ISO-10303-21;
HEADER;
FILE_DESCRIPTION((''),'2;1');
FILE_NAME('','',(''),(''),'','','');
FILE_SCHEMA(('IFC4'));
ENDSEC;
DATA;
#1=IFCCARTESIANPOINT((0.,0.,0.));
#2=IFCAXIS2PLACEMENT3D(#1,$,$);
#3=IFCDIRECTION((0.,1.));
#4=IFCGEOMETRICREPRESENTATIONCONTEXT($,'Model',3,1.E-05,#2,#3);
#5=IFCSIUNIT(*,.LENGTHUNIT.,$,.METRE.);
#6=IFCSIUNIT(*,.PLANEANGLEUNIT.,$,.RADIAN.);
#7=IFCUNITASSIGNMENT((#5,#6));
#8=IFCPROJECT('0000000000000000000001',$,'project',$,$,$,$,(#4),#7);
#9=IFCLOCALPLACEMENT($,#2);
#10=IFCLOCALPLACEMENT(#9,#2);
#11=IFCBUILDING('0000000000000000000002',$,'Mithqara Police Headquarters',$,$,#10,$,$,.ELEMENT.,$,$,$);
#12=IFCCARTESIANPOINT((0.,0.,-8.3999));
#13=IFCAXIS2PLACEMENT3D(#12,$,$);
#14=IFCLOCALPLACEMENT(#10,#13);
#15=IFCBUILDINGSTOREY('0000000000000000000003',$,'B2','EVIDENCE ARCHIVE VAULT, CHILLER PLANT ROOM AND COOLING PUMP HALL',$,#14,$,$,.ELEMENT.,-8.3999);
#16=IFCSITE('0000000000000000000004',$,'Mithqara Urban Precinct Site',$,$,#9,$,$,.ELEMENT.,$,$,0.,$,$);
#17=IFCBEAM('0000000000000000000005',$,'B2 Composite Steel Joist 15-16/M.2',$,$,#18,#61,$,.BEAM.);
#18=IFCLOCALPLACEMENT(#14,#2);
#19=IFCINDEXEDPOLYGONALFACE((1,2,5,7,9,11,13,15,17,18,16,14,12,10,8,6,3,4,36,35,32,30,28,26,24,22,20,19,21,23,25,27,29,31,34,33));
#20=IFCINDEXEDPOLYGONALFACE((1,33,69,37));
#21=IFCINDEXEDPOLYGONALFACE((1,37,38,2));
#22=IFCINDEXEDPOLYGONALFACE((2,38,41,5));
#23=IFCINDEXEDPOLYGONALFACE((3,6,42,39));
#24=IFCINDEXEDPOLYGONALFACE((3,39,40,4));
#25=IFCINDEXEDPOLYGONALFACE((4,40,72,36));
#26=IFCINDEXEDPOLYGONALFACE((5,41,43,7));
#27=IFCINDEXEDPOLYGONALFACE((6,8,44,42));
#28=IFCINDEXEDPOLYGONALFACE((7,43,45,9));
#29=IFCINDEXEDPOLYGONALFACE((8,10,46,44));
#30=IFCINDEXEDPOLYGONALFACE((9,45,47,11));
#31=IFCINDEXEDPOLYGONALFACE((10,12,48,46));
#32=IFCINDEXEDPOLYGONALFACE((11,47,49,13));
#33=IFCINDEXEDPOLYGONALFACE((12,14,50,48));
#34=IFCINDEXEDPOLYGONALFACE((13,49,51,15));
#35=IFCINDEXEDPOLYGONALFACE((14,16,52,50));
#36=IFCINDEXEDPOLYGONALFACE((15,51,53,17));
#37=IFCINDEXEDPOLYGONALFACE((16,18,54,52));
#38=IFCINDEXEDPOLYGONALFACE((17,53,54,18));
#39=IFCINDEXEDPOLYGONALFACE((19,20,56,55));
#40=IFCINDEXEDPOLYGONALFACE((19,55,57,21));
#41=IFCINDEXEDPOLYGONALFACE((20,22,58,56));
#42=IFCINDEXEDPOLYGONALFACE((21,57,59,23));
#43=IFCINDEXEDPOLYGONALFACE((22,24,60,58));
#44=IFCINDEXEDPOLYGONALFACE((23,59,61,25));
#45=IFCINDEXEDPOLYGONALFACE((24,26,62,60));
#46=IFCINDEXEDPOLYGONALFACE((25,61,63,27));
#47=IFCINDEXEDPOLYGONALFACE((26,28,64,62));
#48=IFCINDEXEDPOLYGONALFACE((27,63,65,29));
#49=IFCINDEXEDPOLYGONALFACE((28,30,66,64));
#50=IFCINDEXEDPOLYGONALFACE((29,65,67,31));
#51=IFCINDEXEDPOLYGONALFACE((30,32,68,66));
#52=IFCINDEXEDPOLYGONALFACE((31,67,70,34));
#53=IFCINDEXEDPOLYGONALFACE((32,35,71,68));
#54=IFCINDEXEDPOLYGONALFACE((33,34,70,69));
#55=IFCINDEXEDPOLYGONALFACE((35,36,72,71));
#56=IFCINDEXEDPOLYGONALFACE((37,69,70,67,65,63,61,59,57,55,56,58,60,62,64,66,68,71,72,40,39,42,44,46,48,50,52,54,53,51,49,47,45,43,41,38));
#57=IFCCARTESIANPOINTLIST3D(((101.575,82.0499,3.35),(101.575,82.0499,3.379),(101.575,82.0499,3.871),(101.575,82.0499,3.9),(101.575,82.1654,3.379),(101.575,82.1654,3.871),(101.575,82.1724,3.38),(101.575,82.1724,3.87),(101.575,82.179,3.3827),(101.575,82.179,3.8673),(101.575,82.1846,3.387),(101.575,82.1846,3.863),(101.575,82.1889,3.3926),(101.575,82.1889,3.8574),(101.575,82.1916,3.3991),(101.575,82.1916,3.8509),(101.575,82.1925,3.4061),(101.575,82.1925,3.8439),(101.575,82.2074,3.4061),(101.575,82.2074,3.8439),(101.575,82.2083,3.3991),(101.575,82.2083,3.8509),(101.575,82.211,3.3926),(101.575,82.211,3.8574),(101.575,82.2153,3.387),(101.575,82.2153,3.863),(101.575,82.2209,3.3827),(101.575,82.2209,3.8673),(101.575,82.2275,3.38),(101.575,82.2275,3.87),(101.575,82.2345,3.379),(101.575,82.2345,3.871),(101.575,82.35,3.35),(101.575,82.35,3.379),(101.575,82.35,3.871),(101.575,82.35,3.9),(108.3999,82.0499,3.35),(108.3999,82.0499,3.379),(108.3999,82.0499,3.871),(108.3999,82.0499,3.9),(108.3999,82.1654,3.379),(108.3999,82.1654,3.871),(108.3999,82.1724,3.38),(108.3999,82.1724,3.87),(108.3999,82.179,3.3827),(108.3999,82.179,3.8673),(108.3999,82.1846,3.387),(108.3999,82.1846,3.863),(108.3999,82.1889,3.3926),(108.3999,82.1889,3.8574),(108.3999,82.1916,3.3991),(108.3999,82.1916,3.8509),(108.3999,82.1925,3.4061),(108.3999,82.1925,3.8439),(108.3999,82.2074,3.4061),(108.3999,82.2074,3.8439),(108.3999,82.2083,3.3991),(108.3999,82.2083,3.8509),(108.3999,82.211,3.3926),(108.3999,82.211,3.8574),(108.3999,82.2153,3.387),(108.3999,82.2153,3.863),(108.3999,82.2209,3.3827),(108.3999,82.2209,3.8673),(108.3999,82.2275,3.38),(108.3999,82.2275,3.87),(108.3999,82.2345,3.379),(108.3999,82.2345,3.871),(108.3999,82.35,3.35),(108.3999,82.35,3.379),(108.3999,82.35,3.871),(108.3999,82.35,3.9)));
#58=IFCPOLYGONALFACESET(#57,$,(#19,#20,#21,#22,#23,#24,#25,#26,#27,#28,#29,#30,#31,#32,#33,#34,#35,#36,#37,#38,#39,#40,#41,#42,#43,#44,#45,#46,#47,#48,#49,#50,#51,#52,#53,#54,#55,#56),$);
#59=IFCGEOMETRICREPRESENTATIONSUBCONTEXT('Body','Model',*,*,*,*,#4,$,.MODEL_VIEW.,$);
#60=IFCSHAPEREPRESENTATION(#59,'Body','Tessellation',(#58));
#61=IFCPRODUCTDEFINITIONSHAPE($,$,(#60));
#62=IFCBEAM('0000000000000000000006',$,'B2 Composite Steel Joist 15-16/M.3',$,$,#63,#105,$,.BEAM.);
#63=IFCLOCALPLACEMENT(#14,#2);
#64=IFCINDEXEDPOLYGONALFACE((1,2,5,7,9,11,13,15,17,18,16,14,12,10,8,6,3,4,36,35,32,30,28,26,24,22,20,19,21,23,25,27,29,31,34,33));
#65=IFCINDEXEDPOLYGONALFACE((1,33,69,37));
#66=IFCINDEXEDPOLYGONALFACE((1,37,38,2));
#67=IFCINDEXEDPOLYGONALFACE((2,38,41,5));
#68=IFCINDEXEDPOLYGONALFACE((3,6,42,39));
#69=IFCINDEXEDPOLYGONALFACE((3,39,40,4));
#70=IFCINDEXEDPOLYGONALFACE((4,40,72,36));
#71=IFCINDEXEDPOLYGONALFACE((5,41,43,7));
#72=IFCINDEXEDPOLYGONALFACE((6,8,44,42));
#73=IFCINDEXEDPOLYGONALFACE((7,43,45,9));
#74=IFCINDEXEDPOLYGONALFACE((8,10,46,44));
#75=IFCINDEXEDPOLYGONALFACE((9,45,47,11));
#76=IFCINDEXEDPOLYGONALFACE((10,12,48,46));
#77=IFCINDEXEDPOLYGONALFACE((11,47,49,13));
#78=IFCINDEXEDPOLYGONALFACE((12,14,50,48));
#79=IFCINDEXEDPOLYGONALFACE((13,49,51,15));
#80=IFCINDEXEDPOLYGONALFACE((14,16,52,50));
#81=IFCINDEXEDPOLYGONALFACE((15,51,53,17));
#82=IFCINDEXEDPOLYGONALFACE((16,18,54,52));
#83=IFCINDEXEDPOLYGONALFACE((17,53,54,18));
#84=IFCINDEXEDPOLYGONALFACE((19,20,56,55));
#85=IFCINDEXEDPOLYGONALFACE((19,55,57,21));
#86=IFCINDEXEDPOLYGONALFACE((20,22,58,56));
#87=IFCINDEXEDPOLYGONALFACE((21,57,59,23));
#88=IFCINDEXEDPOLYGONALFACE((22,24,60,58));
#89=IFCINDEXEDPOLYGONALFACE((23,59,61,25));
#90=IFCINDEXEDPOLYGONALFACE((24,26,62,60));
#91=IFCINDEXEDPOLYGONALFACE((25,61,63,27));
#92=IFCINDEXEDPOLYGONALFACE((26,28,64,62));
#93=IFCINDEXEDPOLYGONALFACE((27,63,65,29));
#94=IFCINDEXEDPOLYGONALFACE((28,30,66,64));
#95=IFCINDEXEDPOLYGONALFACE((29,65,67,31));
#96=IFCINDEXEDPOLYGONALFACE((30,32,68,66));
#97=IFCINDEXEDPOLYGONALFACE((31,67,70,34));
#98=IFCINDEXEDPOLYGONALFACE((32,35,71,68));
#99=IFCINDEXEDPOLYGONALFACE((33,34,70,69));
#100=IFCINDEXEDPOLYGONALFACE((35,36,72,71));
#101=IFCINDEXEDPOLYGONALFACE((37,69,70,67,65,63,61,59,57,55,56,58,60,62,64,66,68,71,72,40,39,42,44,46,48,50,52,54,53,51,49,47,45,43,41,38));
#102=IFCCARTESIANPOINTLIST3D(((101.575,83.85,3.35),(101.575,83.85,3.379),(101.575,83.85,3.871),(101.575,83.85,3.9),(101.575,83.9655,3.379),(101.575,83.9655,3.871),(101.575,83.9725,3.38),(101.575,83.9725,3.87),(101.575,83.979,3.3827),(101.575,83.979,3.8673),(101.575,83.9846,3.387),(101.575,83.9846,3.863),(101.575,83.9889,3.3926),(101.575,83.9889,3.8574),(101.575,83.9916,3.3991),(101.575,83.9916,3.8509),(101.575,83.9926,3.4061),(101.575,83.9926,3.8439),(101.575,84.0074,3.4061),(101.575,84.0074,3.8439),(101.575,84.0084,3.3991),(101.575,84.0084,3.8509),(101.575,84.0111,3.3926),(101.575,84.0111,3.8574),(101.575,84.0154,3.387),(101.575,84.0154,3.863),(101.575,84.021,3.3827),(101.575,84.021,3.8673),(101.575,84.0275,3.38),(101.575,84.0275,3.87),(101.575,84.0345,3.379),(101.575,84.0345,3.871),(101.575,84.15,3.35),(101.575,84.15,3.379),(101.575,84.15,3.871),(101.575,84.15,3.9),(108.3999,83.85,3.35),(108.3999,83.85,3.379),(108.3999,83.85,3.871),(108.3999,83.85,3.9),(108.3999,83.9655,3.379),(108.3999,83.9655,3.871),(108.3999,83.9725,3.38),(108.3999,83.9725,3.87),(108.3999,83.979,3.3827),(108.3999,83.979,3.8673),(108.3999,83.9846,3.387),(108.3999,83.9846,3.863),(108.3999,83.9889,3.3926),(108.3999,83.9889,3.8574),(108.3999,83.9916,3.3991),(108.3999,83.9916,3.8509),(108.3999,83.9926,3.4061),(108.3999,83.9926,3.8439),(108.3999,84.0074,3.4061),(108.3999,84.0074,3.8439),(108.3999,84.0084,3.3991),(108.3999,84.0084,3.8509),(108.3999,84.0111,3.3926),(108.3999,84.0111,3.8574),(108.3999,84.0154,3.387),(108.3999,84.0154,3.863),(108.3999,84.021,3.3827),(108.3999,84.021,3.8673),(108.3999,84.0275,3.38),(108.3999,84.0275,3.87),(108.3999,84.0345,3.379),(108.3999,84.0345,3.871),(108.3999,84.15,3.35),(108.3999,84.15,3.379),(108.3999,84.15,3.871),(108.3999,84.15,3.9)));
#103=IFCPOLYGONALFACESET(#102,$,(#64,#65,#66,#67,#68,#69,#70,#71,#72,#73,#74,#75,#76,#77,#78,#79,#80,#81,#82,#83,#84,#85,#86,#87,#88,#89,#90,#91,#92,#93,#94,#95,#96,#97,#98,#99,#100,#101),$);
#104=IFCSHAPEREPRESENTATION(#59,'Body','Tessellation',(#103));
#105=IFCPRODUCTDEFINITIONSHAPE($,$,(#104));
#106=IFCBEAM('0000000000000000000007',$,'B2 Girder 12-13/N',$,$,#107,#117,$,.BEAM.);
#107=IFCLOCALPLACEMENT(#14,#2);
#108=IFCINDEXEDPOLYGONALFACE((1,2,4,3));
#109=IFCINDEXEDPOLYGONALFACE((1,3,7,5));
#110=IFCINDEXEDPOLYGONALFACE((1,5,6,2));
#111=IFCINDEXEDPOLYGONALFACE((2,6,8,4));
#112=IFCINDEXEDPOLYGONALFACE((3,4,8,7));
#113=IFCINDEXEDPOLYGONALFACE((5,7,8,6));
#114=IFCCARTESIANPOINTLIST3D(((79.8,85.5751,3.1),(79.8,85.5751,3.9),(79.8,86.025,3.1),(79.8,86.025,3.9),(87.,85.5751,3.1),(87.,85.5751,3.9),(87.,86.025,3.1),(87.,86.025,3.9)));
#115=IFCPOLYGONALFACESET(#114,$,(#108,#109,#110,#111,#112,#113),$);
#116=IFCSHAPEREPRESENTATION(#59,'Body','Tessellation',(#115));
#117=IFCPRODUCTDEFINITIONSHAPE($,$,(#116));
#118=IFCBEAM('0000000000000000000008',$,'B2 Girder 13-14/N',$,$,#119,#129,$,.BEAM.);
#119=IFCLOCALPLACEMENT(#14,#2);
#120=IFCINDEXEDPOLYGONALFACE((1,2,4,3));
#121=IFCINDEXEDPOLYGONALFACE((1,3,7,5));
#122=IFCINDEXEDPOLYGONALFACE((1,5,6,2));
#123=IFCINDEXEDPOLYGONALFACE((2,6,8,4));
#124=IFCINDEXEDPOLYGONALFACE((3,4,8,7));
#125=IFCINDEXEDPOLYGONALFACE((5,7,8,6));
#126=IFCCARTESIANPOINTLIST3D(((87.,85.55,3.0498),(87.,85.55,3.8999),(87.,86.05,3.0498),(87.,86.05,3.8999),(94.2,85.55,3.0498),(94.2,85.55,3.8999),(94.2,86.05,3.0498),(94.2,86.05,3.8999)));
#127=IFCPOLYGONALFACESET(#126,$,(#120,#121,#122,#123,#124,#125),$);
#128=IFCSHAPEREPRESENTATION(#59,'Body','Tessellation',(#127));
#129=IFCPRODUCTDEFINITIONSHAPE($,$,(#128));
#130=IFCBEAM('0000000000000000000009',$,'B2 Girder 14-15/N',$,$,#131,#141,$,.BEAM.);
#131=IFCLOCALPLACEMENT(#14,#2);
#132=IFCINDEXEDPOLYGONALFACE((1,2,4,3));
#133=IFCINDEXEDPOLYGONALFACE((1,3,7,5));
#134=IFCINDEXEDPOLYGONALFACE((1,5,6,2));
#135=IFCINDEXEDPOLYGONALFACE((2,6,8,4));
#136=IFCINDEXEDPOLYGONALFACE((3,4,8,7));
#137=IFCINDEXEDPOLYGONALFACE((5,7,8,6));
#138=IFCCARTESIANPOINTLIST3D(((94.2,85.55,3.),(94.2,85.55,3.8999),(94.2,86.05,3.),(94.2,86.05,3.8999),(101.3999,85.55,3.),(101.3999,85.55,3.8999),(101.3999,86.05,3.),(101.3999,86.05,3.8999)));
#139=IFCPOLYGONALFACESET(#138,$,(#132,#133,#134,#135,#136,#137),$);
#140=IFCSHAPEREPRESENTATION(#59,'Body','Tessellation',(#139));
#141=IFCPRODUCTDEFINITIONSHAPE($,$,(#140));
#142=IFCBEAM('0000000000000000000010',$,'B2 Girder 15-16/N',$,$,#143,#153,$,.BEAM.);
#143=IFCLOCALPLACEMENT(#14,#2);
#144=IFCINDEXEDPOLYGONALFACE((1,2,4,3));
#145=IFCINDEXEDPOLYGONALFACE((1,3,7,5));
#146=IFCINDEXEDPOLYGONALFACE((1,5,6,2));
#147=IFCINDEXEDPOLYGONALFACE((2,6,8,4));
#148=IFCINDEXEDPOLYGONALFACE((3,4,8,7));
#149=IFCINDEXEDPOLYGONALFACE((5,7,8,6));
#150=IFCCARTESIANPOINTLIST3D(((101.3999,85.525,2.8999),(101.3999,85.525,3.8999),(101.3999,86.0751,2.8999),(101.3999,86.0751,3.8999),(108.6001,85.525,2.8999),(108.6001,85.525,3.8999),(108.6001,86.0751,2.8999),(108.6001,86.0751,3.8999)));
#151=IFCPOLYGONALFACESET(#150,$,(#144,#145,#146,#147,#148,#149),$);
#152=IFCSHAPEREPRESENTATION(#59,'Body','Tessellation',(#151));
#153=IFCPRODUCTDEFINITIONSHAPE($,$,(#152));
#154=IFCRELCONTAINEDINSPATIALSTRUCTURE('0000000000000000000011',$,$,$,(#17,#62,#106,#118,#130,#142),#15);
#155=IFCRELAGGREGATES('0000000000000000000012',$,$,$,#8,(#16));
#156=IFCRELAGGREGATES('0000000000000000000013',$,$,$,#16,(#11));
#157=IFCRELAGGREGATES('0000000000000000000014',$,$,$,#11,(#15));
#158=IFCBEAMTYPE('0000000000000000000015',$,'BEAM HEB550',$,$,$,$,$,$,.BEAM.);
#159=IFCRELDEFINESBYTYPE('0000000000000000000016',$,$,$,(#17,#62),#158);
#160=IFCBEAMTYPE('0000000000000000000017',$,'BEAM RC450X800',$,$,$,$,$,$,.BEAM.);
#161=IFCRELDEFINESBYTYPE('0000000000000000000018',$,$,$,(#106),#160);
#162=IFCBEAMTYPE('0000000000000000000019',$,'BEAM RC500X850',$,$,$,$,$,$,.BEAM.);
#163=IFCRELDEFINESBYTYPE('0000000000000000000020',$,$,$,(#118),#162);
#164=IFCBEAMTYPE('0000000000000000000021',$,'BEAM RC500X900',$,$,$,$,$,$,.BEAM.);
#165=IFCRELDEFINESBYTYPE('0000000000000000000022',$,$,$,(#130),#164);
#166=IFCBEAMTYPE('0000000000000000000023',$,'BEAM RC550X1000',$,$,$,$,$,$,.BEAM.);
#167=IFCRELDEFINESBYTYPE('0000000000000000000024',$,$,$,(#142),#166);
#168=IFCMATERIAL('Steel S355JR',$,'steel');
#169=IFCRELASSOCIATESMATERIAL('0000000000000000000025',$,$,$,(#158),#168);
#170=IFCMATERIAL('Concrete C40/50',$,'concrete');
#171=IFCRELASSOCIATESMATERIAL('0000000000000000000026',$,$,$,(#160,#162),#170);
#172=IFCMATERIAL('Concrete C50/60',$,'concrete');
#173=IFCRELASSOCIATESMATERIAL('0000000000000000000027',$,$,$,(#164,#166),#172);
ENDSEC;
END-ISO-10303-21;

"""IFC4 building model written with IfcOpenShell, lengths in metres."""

from ifc_helpers import new_model, si_unit, direction, frame, origin, origin_2d, place, context, subcontext, project, spatial, rectangle, i_section, extrude, material, material_profile, profile_set, type_object, element, save


model = new_model("IFC4")

# Units and contexts
model_context = context("Model", 3, precision=1e-05, world=origin(), true_north=direction((0.0, 1.0)))
body_context = subcontext(model_context, "Body", "Model", "MODEL_VIEW")
ifc_project = project(units=[si_unit("LENGTHUNIT", "METRE"), si_unit("PLANEANGLEUNIT", "RADIAN")], contexts=[model_context])

# Site, building, storey
site_placement = place(None, origin())
site = spatial("IfcSite", under=ifc_project, at=site_placement, Name="Mithqara Urban Precinct Site", CompositionType="ELEMENT", RefElevation=0.0)
building_placement = place(site_placement, origin())
building = spatial("IfcBuilding", under=site, at=building_placement, Name="Mithqara Police Headquarters", CompositionType="ELEMENT")
storey_placement = place(building_placement, frame((0.0, 0.0, -8.3999)))
storey = spatial("IfcBuildingStorey", under=building, at=storey_placement, Name="B2", Description="EVIDENCE ARCHIVE VAULT, CHILLER PLANT ROOM AND COOLING PUMP HALL", CompositionType="ELEMENT", Elevation=-8.3999)

# Shared definitions
ifc_material_1 = material(Name="Concrete C40/50", Category="concrete")

# Shared definitions
ifc_material_2 = material(Name="Concrete C50/60", Category="concrete")

# Beams
ifc_material_3 = material(Name="Steel S355JR", Category="steel")
ifc_material_profile_1 = material_profile(ifc_material_3, i_section(OverallWidth=0.3, OverallDepth=0.55, WebThickness=0.0149, FlangeThickness=0.0291, FilletRadius=0.0271, at=origin_2d()), Name="HEB 550")
ifc_profile_set_1 = profile_set([ifc_material_profile_1], Name="Steel S355JR")
beam_type_1 = type_object("IfcBeamType", Name="BEAM HEB550", PredefinedType="BEAM", material=ifc_profile_set_1)
for number, where, z_axis, x_axis, name in (
    (1, (101.575, 82.2, 3.625), (1.0, 0.0, 0.0), (0.0, 1.0, 0.0), "B2 Composite Steel Joist 15-16/M.2"),
    (2, (101.575, 84.0, 3.625), (1.0, 0.0, 0.0), (0.0, 1.0, 0.0), "B2 Composite Steel Joist 15-16/M.3"),
):
    element("IfcBeam", number, at=place(storey_placement, frame(where, z_axis=z_axis, x_axis=x_axis)), inside=storey, type_object=beam_type_1, Name=name, PredefinedType="BEAM", context=body_context, shape_type="SweptSolid", body=[
        extrude(i_section(OverallWidth=0.3, OverallDepth=0.55, WebThickness=0.0149, FlangeThickness=0.0291, FilletRadius=0.0271, at=origin_2d()), origin(), (0.0, 0.0, 1.0), 6.825),
    ])
ifc_material_profile_2 = material_profile(ifc_material_1, rectangle(XDim=0.45, YDim=0.8, at=origin_2d()), Name="RC 450x800")
ifc_profile_set_2 = profile_set([ifc_material_profile_2], Name="Concrete C40/50")
beam_type_2 = type_object("IfcBeamType", Name="BEAM RC450X800", PredefinedType="BEAM", material=ifc_profile_set_2)
beam_1_placement = place(storey_placement, frame((79.8, 85.8, 3.5), z_axis=(1.0, 0.0, 0.0), x_axis=(0.0, 1.0, 0.0)))
element("IfcBeam", 3, at=beam_1_placement, inside=storey, type_object=beam_type_2, Name="B2 Girder 12-13/N", PredefinedType="BEAM", context=body_context, shape_type="SweptSolid", body=[
    extrude(rectangle(XDim=0.45, YDim=0.8, at=origin_2d()), origin(), (0.0, 0.0, 1.0), 7.2),
])
ifc_material_profile_3 = material_profile(ifc_material_1, rectangle(XDim=0.5, YDim=0.8501, at=origin_2d()), Name="RC 500x850")
ifc_profile_set_3 = profile_set([ifc_material_profile_3], Name="Concrete C40/50")
beam_type_3 = type_object("IfcBeamType", Name="BEAM RC500X850", PredefinedType="BEAM", material=ifc_profile_set_3)
beam_2_placement = place(storey_placement, frame((87.0, 85.8, 3.4749), z_axis=(1.0, 0.0, 0.0), x_axis=(0.0, 1.0, 0.0)))
element("IfcBeam", 4, at=beam_2_placement, inside=storey, type_object=beam_type_3, Name="B2 Girder 13-14/N", PredefinedType="BEAM", context=body_context, shape_type="SweptSolid", body=[
    extrude(rectangle(XDim=0.5, YDim=0.8501, at=origin_2d()), origin(), (0.0, 0.0, 1.0), 7.2),
])
ifc_material_profile_4 = material_profile(ifc_material_2, rectangle(XDim=0.5, YDim=0.8999, at=origin_2d()), Name="RC 500x900")
ifc_profile_set_4 = profile_set([ifc_material_profile_4], Name="Concrete C50/60")
beam_type_4 = type_object("IfcBeamType", Name="BEAM RC500X900", PredefinedType="BEAM", material=ifc_profile_set_4)
beam_3_placement = place(storey_placement, frame((94.2, 85.8, 3.45), z_axis=(1.0, 0.0, 0.0), x_axis=(0.0, 1.0, 0.0)))
element("IfcBeam", 5, at=beam_3_placement, inside=storey, type_object=beam_type_4, Name="B2 Girder 14-15/N", PredefinedType="BEAM", context=body_context, shape_type="SweptSolid", body=[
    extrude(rectangle(XDim=0.5, YDim=0.8999, at=origin_2d()), origin(), (0.0, 0.0, 1.0), 7.2),
])
ifc_material_profile_5 = material_profile(ifc_material_2, rectangle(XDim=0.55, YDim=1.0, at=origin_2d()), Name="RC 550x1000")
ifc_profile_set_5 = profile_set([ifc_material_profile_5], Name="Concrete C50/60")
beam_type_5 = type_object("IfcBeamType", Name="BEAM RC550X1000", PredefinedType="BEAM", material=ifc_profile_set_5)
beam_4_placement = place(storey_placement, frame((101.3999, 85.8, 3.3999), z_axis=(1.0, 0.0, 0.0), x_axis=(0.0, 1.0, 0.0)))
element("IfcBeam", 6, at=beam_4_placement, inside=storey, type_object=beam_type_5, Name="B2 Girder 15-16/N", PredefinedType="BEAM", context=body_context, shape_type="SweptSolid", body=[
    extrude(rectangle(XDim=0.55, YDim=1.0, at=origin_2d()), origin(), (0.0, 0.0, 1.0), 7.2002),
])

save(model, "model.ifc")
